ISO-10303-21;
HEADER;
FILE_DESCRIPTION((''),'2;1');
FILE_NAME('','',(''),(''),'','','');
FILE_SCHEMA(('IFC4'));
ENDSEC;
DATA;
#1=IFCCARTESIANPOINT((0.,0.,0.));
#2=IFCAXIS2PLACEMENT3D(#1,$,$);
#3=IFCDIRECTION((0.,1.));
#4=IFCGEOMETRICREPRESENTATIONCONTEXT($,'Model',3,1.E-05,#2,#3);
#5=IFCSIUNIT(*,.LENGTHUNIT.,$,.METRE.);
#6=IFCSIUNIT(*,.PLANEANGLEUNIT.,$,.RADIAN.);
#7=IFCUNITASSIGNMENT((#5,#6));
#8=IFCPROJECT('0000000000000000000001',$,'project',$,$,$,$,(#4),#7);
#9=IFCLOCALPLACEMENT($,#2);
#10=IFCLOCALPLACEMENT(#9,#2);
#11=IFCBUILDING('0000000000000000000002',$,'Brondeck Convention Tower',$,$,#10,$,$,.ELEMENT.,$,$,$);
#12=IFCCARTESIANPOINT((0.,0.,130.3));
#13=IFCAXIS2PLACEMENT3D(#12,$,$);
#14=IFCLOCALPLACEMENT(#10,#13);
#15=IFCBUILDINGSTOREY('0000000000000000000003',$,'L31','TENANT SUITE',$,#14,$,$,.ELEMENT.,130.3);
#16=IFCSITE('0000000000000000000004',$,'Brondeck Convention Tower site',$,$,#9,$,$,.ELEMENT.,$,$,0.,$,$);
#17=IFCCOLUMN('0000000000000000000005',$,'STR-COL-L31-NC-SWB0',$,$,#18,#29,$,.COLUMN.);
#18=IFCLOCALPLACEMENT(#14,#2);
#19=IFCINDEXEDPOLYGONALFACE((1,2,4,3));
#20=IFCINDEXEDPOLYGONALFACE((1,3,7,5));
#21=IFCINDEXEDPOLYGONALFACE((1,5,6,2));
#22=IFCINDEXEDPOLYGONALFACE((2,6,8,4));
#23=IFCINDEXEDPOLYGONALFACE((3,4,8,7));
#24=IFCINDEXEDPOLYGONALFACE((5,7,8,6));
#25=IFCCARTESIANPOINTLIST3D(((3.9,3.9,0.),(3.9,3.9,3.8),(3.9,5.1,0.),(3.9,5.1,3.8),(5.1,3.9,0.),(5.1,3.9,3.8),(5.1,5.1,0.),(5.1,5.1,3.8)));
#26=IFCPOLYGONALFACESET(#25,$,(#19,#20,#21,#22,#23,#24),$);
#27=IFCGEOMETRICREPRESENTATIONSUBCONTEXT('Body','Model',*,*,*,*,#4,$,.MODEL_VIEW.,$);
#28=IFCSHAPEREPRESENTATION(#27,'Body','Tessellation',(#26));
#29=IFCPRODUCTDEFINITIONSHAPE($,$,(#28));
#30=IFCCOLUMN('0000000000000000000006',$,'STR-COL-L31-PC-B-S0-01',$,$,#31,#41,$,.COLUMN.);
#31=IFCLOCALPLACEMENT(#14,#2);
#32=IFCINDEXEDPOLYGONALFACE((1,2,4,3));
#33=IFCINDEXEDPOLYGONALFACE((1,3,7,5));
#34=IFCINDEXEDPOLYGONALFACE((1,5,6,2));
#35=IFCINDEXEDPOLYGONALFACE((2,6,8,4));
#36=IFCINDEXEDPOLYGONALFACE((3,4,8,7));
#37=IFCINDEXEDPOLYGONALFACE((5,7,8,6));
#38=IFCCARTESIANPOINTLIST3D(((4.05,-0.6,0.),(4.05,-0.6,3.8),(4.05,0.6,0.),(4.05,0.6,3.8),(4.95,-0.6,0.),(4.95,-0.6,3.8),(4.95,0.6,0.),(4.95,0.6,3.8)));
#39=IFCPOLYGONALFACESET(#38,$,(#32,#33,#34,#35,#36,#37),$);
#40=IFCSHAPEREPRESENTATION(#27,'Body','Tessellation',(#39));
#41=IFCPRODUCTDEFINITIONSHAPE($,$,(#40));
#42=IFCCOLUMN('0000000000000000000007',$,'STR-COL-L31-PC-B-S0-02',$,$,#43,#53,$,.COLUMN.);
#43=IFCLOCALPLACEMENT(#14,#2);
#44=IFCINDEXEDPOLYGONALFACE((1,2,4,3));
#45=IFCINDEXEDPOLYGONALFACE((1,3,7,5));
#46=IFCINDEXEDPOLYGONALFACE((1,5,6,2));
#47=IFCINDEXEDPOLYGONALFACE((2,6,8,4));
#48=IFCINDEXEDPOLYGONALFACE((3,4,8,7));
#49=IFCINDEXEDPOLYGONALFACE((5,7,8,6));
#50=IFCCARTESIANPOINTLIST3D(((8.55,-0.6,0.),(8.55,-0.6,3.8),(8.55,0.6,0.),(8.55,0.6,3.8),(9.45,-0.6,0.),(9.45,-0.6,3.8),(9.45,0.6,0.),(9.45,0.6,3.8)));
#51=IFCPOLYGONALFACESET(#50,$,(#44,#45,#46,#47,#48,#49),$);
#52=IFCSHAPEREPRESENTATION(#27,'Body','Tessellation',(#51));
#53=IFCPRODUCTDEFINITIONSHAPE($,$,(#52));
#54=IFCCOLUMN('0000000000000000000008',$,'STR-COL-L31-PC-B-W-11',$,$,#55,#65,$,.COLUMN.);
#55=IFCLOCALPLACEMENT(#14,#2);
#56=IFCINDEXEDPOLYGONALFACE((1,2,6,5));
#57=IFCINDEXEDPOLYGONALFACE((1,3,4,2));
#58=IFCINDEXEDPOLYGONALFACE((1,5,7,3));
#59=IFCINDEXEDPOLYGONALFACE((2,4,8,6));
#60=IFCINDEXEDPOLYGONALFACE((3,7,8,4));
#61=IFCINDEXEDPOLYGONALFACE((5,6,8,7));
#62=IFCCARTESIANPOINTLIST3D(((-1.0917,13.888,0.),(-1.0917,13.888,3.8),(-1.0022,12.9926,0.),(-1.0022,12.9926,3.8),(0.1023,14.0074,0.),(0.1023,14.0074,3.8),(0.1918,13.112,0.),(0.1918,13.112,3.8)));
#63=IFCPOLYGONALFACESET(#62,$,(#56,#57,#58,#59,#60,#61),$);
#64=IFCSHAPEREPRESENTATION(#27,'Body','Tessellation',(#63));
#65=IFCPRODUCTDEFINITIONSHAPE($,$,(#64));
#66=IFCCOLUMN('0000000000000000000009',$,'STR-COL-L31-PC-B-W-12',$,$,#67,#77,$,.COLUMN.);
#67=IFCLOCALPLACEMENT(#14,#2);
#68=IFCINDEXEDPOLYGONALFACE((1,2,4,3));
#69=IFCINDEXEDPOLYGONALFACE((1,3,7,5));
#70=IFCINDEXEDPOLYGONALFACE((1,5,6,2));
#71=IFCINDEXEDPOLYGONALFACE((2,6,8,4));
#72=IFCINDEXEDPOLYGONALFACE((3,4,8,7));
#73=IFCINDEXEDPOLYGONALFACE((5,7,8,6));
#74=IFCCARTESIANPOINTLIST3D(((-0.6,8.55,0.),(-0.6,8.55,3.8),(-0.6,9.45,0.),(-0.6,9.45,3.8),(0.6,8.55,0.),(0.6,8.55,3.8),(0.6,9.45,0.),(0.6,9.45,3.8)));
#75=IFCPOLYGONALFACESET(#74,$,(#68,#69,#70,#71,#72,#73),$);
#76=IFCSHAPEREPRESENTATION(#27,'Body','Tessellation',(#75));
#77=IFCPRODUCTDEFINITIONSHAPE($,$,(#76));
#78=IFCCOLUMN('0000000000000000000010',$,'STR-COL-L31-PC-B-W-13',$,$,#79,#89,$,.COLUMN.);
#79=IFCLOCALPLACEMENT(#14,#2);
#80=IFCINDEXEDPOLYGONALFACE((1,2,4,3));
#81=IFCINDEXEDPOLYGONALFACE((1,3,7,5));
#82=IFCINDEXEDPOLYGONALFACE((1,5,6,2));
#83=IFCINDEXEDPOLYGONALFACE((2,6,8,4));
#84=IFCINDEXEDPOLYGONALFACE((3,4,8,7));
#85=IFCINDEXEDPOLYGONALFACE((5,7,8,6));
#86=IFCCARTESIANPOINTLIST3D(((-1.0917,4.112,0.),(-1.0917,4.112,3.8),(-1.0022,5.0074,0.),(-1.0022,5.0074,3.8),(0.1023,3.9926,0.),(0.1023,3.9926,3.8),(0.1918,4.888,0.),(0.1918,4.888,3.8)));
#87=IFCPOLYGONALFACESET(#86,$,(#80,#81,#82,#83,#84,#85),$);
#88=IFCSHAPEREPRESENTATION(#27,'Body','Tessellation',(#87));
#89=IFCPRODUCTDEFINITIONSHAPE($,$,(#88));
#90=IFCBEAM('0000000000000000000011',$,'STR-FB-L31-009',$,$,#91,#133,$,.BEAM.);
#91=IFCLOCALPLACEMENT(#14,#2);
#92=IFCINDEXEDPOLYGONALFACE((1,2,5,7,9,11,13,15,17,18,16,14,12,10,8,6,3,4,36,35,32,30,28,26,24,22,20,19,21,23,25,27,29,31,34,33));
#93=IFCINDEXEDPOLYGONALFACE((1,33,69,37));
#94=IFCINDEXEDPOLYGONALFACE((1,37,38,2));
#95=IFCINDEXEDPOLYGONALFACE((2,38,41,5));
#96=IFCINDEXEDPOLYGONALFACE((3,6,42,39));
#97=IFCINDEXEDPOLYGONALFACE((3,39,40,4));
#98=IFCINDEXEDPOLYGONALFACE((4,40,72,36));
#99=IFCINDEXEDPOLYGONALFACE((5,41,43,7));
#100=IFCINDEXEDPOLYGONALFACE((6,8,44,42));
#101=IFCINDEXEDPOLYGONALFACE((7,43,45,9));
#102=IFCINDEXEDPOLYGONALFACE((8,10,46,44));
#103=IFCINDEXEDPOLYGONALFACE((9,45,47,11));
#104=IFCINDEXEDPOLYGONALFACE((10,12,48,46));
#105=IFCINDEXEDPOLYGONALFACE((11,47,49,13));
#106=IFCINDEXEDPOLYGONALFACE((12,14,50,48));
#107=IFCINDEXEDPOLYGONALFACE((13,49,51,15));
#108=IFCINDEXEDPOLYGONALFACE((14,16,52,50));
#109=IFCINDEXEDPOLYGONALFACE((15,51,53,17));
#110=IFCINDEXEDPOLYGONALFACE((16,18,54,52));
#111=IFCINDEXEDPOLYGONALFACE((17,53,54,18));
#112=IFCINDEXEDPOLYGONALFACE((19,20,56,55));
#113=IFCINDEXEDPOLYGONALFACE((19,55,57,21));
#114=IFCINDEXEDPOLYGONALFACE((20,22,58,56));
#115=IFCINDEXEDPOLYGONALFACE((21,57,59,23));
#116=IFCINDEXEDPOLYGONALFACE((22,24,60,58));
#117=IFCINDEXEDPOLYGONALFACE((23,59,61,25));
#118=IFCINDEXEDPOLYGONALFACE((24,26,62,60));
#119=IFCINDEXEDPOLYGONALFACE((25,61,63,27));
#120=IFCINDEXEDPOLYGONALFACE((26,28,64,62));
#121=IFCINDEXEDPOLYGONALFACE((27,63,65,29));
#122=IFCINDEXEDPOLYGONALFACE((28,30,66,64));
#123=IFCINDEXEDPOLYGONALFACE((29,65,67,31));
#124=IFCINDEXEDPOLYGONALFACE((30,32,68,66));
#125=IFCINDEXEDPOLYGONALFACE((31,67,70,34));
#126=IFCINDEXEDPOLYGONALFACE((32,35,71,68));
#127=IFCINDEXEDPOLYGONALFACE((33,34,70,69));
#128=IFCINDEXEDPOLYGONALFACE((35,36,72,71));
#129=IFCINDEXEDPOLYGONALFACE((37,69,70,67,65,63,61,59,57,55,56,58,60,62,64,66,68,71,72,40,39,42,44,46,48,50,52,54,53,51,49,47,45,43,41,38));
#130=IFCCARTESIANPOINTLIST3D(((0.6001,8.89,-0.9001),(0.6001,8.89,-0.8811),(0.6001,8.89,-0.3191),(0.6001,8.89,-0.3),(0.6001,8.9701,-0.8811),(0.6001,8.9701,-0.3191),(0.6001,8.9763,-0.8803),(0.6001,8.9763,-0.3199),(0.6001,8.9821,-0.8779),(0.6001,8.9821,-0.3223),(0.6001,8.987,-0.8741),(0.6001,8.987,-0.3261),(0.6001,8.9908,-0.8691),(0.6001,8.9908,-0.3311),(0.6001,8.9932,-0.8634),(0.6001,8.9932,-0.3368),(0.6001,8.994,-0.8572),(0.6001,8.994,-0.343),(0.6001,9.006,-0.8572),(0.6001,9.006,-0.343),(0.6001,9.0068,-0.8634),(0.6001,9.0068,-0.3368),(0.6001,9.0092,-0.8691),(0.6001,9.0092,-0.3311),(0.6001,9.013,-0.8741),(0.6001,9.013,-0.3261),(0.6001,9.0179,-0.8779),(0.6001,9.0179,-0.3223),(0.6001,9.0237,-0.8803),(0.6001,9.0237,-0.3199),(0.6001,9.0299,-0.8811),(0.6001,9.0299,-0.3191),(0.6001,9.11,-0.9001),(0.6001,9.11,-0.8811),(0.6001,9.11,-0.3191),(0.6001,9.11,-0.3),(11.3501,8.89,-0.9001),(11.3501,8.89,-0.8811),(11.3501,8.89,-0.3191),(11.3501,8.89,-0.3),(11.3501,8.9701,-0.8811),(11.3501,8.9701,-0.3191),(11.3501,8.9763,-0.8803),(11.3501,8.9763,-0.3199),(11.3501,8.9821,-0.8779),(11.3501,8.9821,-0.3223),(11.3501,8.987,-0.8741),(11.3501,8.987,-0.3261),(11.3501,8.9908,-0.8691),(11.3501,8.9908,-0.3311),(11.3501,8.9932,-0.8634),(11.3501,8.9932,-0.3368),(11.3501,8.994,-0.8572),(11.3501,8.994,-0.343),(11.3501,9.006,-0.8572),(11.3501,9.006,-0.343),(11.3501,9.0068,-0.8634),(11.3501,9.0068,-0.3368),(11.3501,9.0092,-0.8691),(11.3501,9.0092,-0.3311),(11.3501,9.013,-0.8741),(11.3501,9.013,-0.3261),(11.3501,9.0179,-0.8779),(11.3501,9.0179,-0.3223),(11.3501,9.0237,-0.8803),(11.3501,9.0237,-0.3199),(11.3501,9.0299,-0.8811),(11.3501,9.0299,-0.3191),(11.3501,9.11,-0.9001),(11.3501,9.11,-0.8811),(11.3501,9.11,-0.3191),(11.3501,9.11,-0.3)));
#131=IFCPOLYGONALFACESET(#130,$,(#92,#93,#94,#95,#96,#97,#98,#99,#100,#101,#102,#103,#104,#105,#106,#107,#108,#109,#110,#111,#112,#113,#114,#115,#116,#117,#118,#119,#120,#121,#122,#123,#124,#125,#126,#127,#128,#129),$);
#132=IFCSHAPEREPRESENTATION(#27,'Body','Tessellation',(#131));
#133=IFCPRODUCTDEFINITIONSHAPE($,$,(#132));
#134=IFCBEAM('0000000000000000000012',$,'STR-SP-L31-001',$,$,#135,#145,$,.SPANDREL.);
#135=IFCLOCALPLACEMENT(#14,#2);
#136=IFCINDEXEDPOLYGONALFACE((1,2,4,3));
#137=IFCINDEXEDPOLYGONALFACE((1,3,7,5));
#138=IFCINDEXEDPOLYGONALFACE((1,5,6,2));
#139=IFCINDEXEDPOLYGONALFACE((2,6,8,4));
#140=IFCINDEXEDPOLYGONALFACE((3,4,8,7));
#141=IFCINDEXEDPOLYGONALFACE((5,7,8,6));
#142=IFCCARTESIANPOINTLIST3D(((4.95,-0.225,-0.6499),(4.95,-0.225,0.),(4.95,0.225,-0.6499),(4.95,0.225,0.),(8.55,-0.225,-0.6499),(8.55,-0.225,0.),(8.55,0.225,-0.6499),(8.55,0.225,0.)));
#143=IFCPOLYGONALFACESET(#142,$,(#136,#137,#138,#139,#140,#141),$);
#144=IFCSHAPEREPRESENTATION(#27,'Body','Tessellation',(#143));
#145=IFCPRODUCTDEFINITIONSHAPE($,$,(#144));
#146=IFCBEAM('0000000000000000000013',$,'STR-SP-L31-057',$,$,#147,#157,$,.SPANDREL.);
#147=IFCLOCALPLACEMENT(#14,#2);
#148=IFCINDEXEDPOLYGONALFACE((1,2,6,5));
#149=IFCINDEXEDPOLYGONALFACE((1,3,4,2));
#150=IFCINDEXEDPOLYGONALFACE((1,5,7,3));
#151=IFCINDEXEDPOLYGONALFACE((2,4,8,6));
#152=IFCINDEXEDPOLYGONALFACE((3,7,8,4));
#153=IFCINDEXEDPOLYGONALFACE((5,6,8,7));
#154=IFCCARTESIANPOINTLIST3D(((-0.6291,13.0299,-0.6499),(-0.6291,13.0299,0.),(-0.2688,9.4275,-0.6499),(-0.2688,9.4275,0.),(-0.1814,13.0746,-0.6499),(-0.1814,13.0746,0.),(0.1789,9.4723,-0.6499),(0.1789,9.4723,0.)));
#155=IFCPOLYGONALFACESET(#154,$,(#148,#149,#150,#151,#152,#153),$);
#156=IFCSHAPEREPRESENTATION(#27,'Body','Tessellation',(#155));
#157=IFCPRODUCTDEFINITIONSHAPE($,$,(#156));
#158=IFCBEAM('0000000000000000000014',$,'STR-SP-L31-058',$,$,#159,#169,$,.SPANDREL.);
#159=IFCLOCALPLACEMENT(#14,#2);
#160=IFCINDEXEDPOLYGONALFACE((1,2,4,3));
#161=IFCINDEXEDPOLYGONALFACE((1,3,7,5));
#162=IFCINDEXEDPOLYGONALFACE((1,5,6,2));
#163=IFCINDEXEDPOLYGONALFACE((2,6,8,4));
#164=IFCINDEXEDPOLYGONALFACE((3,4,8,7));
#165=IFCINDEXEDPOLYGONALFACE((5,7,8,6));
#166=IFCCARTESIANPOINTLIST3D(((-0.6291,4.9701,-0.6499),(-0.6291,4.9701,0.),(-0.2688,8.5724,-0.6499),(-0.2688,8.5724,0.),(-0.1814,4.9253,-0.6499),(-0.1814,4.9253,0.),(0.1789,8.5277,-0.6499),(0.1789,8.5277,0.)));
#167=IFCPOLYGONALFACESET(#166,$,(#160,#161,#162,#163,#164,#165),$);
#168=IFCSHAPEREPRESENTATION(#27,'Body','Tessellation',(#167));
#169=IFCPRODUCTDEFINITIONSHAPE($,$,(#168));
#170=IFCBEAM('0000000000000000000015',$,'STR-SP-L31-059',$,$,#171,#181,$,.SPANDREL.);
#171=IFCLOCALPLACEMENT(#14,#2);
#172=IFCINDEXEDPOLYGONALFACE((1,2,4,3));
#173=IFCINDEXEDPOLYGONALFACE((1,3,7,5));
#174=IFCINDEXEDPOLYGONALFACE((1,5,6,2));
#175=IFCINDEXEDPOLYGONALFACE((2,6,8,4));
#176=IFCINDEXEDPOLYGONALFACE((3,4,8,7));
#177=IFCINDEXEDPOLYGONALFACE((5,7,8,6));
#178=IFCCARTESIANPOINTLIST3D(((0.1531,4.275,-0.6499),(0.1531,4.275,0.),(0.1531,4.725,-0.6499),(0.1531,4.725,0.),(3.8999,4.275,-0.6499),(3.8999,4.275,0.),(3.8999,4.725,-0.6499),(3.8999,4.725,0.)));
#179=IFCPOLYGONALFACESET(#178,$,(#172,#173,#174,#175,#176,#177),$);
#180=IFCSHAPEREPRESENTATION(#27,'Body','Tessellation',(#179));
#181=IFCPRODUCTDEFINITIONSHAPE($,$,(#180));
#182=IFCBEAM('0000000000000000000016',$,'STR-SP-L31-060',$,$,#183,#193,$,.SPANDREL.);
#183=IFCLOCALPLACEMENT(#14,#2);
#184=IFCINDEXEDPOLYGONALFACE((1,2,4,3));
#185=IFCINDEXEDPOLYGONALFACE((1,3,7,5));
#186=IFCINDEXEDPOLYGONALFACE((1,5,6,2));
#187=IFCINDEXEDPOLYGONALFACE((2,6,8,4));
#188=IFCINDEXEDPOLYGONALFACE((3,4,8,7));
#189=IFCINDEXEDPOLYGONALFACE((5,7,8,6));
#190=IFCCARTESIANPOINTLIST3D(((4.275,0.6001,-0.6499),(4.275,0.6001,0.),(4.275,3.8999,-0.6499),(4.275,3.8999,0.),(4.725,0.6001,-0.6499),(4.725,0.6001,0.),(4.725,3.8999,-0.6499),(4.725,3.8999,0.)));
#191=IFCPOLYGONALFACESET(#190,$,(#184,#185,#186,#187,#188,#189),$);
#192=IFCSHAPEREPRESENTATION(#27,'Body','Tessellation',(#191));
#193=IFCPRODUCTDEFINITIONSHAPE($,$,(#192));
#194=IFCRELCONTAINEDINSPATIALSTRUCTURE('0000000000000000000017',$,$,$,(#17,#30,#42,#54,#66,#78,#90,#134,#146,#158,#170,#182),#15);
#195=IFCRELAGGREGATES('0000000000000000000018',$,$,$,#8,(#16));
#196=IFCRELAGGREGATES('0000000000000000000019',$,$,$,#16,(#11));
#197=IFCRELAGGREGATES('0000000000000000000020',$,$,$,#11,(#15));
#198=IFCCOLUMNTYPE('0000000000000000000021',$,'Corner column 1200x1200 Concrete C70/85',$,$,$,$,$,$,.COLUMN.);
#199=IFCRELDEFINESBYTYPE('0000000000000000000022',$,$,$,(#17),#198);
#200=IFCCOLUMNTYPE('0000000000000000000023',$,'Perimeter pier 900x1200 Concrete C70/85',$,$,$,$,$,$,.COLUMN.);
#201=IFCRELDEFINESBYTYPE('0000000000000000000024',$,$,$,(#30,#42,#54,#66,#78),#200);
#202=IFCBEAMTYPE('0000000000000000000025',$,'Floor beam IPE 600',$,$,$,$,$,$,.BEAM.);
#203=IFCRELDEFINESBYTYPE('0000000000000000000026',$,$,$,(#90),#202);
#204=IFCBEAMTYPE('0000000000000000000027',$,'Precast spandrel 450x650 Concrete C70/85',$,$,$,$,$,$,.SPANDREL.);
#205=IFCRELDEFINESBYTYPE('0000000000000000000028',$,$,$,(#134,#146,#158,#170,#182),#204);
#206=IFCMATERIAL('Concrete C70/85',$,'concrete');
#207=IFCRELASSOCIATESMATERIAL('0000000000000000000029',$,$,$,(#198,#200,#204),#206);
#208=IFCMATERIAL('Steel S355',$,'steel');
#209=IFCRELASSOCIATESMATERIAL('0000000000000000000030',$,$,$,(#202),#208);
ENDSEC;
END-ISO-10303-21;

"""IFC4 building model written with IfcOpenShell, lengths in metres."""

from ifc_helpers import new_model, si_unit, direction, frame, origin, origin_2d, place, context, subcontext, project, spatial, rectangle, i_section, extrude, material, material_profile, profile_set, type_object, element, save


model = new_model("IFC4")

# Units and contexts
model_context = context("Model", 3, precision=1e-05, world=origin(), true_north=direction((0.0, 1.0)))
body_context = subcontext(model_context, "Body", "Model", "MODEL_VIEW")
ifc_project = project(units=[si_unit("LENGTHUNIT", "METRE"), si_unit("PLANEANGLEUNIT", "RADIAN")], contexts=[model_context])

# Site, building, storey
site_placement = place(None, origin())
site = spatial("IfcSite", under=ifc_project, at=site_placement, Name="Brondeck Convention Tower site", CompositionType="ELEMENT", RefElevation=0.0)
building_placement = place(site_placement, origin())
building = spatial("IfcBuilding", under=site, at=building_placement, Name="Brondeck Convention Tower", CompositionType="ELEMENT")
storey_placement = place(building_placement, frame((0.0, 0.0, 130.3)))
storey = spatial("IfcBuildingStorey", under=building, at=storey_placement, Name="L31", Description="TENANT SUITE", CompositionType="ELEMENT", Elevation=130.3)

# Columns
ifc_material_1 = material(Name="Concrete C70/85", Category="concrete")
ifc_material_profile_1 = material_profile(ifc_material_1, rectangle(XDim=1.2, YDim=1.2, at=origin_2d()), Name="Corner column 1200x1200 Concrete C70/85")
ifc_profile_set_1 = profile_set([ifc_material_profile_1], Name="Concrete C70/85")
column_type_1 = type_object("IfcColumnType", Name="Corner column 1200x1200 Concrete C70/85", PredefinedType="COLUMN", material=ifc_profile_set_1)
column_placement = place(storey_placement, frame((4.5, 4.5, 0.0), z_axis=(0.0, 0.0, 1.0), x_axis=(1.0, 0.0, 0.0)))
element("IfcColumn", 1, at=column_placement, inside=storey, type_object=column_type_1, Name="STR-COL-L31-NC-SWB0", PredefinedType="COLUMN", context=body_context, shape_type="SweptSolid", body=[
    extrude(rectangle(XDim=1.2, YDim=1.2, at=origin_2d()), origin(), (0.0, 0.0, 1.0), 3.8),
])
ifc_material_profile_2 = material_profile(ifc_material_1, rectangle(XDim=0.8999, YDim=1.2, at=origin_2d()), Name="Perimeter pier 900x1200 Concrete C70/85")
ifc_profile_set_2 = profile_set([ifc_material_profile_2], Name="Concrete C70/85")
column_type_2 = type_object("IfcColumnType", Name="Perimeter pier 900x1200 Concrete C70/85", PredefinedType="COLUMN", material=ifc_profile_set_2)
for number, where, z_axis, x_axis, name in (
    (2, (4.5, 0.0, 0.0), (0.0, 0.0, 1.0), (1.0, 0.0, 0.0), "STR-COL-L31-PC-B-S0-01"),
    (3, (9.0, 0.0, 0.0), (0.0, 0.0, 1.0), (1.0, 0.0, 0.0), "STR-COL-L31-PC-B-S0-02"),
    (4, (-0.45, 13.5, 0.0), (0.0, 0.0, 1.0), (0.099504, -0.995037, 0.0), "STR-COL-L31-PC-B-W-11"),
    (5, (0.0, 9.0, 0.0), (0.0, 0.0, 1.0), (0.0, -1.0, 0.0), "STR-COL-L31-PC-B-W-12"),
    (6, (-0.45, 4.5, 0.0), (0.0, 0.0, 1.0), (-0.099504, -0.995037, 0.0), "STR-COL-L31-PC-B-W-13"),
):
    element("IfcColumn", number, at=place(storey_placement, frame(where, z_axis=z_axis, x_axis=x_axis)), inside=storey, type_object=column_type_2, Name=name, PredefinedType="COLUMN", context=body_context, shape_type="SweptSolid", body=[
        extrude(rectangle(XDim=0.8999, YDim=1.2, at=origin_2d()), origin(), (0.0, 0.0, 1.0), 3.8),
    ])

# Beams
ifc_material_2 = material(Name="Steel S355", Category="steel")
ifc_material_profile_3 = material_profile(ifc_material_2, i_section(OverallWidth=0.22, OverallDepth=0.6001, WebThickness=0.012, FlangeThickness=0.019, FilletRadius=0.0239, at=origin_2d()), Name="IPE 600")
ifc_profile_set_3 = profile_set([ifc_material_profile_3], Name="Steel S355")
beam_type_1 = type_object("IfcBeamType", Name="Floor beam IPE 600", PredefinedType="BEAM", material=ifc_profile_set_3)
beam_1_placement = place(storey_placement, frame((0.6001, 9.0, -0.6001), z_axis=(1.0, 0.0, 0.0), x_axis=(0.0, 1.0, 0.0)))
element("IfcBeam", 7, at=beam_1_placement, inside=storey, type_object=beam_type_1, Name="STR-FB-L31-009", PredefinedType="BEAM", context=body_context, shape_type="SweptSolid", body=[
    extrude(i_section(OverallWidth=0.22, OverallDepth=0.6001, WebThickness=0.012, FlangeThickness=0.019, FilletRadius=0.0239, at=origin_2d()), origin(), (0.0, 0.0, 1.0), 10.75),
])
ifc_material_profile_4 = material_profile(ifc_material_1, rectangle(XDim=0.45, YDim=0.6499, at=origin_2d()), Name="Precast spandrel 450x650 Concrete C70/85")
ifc_profile_set_4 = profile_set([ifc_material_profile_4], Name="Concrete C70/85")
beam_type_2 = type_object("IfcBeamType", Name="Precast spandrel 450x650 Concrete C70/85", PredefinedType="SPANDREL", material=ifc_profile_set_4)
beam_2_placement = place(storey_placement, frame((4.95, 0.0, -0.325), z_axis=(1.0, 0.0, 0.0), x_axis=(0.0, 1.0, 0.0)))
element("IfcBeam", 8, at=beam_2_placement, inside=storey, type_object=beam_type_2, Name="STR-SP-L31-001", PredefinedType="SPANDREL", context=body_context, shape_type="SweptSolid", body=[
    extrude(rectangle(XDim=0.45, YDim=0.6499, at=origin_2d()), origin(), (0.0, 0.0, 1.0), 3.6001),
])
for number, where, z_axis, x_axis, name in (
    (9, (-0.4053, 13.0522, -0.325), (0.099537, -0.995034, 0.0), (0.995034, 0.099537, 0.0), "STR-SP-L31-057"),
    (10, (-0.0449, 8.55, -0.325), (-0.099537, -0.995034, 0.0), (0.995034, -0.099537, 0.0), "STR-SP-L31-058"),
):
    element("IfcBeam", number, at=place(storey_placement, frame(where, z_axis=z_axis, x_axis=x_axis)), inside=storey, type_object=beam_type_2, Name=name, PredefinedType="SPANDREL", context=body_context, shape_type="SweptSolid", body=[
        extrude(rectangle(XDim=0.45, YDim=0.6499, at=origin_2d()), origin(), (0.0, 0.0, 1.0), 3.6204),
    ])
beam_3_placement = place(storey_placement, frame((0.1531, 4.5, -0.325), z_axis=(1.0, 0.0, 0.0), x_axis=(0.0, 1.0, 0.0)))
element("IfcBeam", 11, at=beam_3_placement, inside=storey, type_object=beam_type_2, Name="STR-SP-L31-059", PredefinedType="SPANDREL", context=body_context, shape_type="SweptSolid", body=[
    extrude(rectangle(XDim=0.45, YDim=0.6499, at=origin_2d()), origin(), (0.0, 0.0, 1.0), 3.7468),
])
beam_4_placement = place(storey_placement, frame((4.5, 3.8999, -0.325), z_axis=(0.0, -1.0, 0.0), x_axis=(1.0, 0.0, 0.0)))
element("IfcBeam", 12, at=beam_4_placement, inside=storey, type_object=beam_type_2, Name="STR-SP-L31-060", PredefinedType="SPANDREL", context=body_context, shape_type="SweptSolid", body=[
    extrude(rectangle(XDim=0.45, YDim=0.6499, at=origin_2d()), origin(), (0.0, 0.0, 1.0), 3.2998),
])

save(model, "model.ifc")
